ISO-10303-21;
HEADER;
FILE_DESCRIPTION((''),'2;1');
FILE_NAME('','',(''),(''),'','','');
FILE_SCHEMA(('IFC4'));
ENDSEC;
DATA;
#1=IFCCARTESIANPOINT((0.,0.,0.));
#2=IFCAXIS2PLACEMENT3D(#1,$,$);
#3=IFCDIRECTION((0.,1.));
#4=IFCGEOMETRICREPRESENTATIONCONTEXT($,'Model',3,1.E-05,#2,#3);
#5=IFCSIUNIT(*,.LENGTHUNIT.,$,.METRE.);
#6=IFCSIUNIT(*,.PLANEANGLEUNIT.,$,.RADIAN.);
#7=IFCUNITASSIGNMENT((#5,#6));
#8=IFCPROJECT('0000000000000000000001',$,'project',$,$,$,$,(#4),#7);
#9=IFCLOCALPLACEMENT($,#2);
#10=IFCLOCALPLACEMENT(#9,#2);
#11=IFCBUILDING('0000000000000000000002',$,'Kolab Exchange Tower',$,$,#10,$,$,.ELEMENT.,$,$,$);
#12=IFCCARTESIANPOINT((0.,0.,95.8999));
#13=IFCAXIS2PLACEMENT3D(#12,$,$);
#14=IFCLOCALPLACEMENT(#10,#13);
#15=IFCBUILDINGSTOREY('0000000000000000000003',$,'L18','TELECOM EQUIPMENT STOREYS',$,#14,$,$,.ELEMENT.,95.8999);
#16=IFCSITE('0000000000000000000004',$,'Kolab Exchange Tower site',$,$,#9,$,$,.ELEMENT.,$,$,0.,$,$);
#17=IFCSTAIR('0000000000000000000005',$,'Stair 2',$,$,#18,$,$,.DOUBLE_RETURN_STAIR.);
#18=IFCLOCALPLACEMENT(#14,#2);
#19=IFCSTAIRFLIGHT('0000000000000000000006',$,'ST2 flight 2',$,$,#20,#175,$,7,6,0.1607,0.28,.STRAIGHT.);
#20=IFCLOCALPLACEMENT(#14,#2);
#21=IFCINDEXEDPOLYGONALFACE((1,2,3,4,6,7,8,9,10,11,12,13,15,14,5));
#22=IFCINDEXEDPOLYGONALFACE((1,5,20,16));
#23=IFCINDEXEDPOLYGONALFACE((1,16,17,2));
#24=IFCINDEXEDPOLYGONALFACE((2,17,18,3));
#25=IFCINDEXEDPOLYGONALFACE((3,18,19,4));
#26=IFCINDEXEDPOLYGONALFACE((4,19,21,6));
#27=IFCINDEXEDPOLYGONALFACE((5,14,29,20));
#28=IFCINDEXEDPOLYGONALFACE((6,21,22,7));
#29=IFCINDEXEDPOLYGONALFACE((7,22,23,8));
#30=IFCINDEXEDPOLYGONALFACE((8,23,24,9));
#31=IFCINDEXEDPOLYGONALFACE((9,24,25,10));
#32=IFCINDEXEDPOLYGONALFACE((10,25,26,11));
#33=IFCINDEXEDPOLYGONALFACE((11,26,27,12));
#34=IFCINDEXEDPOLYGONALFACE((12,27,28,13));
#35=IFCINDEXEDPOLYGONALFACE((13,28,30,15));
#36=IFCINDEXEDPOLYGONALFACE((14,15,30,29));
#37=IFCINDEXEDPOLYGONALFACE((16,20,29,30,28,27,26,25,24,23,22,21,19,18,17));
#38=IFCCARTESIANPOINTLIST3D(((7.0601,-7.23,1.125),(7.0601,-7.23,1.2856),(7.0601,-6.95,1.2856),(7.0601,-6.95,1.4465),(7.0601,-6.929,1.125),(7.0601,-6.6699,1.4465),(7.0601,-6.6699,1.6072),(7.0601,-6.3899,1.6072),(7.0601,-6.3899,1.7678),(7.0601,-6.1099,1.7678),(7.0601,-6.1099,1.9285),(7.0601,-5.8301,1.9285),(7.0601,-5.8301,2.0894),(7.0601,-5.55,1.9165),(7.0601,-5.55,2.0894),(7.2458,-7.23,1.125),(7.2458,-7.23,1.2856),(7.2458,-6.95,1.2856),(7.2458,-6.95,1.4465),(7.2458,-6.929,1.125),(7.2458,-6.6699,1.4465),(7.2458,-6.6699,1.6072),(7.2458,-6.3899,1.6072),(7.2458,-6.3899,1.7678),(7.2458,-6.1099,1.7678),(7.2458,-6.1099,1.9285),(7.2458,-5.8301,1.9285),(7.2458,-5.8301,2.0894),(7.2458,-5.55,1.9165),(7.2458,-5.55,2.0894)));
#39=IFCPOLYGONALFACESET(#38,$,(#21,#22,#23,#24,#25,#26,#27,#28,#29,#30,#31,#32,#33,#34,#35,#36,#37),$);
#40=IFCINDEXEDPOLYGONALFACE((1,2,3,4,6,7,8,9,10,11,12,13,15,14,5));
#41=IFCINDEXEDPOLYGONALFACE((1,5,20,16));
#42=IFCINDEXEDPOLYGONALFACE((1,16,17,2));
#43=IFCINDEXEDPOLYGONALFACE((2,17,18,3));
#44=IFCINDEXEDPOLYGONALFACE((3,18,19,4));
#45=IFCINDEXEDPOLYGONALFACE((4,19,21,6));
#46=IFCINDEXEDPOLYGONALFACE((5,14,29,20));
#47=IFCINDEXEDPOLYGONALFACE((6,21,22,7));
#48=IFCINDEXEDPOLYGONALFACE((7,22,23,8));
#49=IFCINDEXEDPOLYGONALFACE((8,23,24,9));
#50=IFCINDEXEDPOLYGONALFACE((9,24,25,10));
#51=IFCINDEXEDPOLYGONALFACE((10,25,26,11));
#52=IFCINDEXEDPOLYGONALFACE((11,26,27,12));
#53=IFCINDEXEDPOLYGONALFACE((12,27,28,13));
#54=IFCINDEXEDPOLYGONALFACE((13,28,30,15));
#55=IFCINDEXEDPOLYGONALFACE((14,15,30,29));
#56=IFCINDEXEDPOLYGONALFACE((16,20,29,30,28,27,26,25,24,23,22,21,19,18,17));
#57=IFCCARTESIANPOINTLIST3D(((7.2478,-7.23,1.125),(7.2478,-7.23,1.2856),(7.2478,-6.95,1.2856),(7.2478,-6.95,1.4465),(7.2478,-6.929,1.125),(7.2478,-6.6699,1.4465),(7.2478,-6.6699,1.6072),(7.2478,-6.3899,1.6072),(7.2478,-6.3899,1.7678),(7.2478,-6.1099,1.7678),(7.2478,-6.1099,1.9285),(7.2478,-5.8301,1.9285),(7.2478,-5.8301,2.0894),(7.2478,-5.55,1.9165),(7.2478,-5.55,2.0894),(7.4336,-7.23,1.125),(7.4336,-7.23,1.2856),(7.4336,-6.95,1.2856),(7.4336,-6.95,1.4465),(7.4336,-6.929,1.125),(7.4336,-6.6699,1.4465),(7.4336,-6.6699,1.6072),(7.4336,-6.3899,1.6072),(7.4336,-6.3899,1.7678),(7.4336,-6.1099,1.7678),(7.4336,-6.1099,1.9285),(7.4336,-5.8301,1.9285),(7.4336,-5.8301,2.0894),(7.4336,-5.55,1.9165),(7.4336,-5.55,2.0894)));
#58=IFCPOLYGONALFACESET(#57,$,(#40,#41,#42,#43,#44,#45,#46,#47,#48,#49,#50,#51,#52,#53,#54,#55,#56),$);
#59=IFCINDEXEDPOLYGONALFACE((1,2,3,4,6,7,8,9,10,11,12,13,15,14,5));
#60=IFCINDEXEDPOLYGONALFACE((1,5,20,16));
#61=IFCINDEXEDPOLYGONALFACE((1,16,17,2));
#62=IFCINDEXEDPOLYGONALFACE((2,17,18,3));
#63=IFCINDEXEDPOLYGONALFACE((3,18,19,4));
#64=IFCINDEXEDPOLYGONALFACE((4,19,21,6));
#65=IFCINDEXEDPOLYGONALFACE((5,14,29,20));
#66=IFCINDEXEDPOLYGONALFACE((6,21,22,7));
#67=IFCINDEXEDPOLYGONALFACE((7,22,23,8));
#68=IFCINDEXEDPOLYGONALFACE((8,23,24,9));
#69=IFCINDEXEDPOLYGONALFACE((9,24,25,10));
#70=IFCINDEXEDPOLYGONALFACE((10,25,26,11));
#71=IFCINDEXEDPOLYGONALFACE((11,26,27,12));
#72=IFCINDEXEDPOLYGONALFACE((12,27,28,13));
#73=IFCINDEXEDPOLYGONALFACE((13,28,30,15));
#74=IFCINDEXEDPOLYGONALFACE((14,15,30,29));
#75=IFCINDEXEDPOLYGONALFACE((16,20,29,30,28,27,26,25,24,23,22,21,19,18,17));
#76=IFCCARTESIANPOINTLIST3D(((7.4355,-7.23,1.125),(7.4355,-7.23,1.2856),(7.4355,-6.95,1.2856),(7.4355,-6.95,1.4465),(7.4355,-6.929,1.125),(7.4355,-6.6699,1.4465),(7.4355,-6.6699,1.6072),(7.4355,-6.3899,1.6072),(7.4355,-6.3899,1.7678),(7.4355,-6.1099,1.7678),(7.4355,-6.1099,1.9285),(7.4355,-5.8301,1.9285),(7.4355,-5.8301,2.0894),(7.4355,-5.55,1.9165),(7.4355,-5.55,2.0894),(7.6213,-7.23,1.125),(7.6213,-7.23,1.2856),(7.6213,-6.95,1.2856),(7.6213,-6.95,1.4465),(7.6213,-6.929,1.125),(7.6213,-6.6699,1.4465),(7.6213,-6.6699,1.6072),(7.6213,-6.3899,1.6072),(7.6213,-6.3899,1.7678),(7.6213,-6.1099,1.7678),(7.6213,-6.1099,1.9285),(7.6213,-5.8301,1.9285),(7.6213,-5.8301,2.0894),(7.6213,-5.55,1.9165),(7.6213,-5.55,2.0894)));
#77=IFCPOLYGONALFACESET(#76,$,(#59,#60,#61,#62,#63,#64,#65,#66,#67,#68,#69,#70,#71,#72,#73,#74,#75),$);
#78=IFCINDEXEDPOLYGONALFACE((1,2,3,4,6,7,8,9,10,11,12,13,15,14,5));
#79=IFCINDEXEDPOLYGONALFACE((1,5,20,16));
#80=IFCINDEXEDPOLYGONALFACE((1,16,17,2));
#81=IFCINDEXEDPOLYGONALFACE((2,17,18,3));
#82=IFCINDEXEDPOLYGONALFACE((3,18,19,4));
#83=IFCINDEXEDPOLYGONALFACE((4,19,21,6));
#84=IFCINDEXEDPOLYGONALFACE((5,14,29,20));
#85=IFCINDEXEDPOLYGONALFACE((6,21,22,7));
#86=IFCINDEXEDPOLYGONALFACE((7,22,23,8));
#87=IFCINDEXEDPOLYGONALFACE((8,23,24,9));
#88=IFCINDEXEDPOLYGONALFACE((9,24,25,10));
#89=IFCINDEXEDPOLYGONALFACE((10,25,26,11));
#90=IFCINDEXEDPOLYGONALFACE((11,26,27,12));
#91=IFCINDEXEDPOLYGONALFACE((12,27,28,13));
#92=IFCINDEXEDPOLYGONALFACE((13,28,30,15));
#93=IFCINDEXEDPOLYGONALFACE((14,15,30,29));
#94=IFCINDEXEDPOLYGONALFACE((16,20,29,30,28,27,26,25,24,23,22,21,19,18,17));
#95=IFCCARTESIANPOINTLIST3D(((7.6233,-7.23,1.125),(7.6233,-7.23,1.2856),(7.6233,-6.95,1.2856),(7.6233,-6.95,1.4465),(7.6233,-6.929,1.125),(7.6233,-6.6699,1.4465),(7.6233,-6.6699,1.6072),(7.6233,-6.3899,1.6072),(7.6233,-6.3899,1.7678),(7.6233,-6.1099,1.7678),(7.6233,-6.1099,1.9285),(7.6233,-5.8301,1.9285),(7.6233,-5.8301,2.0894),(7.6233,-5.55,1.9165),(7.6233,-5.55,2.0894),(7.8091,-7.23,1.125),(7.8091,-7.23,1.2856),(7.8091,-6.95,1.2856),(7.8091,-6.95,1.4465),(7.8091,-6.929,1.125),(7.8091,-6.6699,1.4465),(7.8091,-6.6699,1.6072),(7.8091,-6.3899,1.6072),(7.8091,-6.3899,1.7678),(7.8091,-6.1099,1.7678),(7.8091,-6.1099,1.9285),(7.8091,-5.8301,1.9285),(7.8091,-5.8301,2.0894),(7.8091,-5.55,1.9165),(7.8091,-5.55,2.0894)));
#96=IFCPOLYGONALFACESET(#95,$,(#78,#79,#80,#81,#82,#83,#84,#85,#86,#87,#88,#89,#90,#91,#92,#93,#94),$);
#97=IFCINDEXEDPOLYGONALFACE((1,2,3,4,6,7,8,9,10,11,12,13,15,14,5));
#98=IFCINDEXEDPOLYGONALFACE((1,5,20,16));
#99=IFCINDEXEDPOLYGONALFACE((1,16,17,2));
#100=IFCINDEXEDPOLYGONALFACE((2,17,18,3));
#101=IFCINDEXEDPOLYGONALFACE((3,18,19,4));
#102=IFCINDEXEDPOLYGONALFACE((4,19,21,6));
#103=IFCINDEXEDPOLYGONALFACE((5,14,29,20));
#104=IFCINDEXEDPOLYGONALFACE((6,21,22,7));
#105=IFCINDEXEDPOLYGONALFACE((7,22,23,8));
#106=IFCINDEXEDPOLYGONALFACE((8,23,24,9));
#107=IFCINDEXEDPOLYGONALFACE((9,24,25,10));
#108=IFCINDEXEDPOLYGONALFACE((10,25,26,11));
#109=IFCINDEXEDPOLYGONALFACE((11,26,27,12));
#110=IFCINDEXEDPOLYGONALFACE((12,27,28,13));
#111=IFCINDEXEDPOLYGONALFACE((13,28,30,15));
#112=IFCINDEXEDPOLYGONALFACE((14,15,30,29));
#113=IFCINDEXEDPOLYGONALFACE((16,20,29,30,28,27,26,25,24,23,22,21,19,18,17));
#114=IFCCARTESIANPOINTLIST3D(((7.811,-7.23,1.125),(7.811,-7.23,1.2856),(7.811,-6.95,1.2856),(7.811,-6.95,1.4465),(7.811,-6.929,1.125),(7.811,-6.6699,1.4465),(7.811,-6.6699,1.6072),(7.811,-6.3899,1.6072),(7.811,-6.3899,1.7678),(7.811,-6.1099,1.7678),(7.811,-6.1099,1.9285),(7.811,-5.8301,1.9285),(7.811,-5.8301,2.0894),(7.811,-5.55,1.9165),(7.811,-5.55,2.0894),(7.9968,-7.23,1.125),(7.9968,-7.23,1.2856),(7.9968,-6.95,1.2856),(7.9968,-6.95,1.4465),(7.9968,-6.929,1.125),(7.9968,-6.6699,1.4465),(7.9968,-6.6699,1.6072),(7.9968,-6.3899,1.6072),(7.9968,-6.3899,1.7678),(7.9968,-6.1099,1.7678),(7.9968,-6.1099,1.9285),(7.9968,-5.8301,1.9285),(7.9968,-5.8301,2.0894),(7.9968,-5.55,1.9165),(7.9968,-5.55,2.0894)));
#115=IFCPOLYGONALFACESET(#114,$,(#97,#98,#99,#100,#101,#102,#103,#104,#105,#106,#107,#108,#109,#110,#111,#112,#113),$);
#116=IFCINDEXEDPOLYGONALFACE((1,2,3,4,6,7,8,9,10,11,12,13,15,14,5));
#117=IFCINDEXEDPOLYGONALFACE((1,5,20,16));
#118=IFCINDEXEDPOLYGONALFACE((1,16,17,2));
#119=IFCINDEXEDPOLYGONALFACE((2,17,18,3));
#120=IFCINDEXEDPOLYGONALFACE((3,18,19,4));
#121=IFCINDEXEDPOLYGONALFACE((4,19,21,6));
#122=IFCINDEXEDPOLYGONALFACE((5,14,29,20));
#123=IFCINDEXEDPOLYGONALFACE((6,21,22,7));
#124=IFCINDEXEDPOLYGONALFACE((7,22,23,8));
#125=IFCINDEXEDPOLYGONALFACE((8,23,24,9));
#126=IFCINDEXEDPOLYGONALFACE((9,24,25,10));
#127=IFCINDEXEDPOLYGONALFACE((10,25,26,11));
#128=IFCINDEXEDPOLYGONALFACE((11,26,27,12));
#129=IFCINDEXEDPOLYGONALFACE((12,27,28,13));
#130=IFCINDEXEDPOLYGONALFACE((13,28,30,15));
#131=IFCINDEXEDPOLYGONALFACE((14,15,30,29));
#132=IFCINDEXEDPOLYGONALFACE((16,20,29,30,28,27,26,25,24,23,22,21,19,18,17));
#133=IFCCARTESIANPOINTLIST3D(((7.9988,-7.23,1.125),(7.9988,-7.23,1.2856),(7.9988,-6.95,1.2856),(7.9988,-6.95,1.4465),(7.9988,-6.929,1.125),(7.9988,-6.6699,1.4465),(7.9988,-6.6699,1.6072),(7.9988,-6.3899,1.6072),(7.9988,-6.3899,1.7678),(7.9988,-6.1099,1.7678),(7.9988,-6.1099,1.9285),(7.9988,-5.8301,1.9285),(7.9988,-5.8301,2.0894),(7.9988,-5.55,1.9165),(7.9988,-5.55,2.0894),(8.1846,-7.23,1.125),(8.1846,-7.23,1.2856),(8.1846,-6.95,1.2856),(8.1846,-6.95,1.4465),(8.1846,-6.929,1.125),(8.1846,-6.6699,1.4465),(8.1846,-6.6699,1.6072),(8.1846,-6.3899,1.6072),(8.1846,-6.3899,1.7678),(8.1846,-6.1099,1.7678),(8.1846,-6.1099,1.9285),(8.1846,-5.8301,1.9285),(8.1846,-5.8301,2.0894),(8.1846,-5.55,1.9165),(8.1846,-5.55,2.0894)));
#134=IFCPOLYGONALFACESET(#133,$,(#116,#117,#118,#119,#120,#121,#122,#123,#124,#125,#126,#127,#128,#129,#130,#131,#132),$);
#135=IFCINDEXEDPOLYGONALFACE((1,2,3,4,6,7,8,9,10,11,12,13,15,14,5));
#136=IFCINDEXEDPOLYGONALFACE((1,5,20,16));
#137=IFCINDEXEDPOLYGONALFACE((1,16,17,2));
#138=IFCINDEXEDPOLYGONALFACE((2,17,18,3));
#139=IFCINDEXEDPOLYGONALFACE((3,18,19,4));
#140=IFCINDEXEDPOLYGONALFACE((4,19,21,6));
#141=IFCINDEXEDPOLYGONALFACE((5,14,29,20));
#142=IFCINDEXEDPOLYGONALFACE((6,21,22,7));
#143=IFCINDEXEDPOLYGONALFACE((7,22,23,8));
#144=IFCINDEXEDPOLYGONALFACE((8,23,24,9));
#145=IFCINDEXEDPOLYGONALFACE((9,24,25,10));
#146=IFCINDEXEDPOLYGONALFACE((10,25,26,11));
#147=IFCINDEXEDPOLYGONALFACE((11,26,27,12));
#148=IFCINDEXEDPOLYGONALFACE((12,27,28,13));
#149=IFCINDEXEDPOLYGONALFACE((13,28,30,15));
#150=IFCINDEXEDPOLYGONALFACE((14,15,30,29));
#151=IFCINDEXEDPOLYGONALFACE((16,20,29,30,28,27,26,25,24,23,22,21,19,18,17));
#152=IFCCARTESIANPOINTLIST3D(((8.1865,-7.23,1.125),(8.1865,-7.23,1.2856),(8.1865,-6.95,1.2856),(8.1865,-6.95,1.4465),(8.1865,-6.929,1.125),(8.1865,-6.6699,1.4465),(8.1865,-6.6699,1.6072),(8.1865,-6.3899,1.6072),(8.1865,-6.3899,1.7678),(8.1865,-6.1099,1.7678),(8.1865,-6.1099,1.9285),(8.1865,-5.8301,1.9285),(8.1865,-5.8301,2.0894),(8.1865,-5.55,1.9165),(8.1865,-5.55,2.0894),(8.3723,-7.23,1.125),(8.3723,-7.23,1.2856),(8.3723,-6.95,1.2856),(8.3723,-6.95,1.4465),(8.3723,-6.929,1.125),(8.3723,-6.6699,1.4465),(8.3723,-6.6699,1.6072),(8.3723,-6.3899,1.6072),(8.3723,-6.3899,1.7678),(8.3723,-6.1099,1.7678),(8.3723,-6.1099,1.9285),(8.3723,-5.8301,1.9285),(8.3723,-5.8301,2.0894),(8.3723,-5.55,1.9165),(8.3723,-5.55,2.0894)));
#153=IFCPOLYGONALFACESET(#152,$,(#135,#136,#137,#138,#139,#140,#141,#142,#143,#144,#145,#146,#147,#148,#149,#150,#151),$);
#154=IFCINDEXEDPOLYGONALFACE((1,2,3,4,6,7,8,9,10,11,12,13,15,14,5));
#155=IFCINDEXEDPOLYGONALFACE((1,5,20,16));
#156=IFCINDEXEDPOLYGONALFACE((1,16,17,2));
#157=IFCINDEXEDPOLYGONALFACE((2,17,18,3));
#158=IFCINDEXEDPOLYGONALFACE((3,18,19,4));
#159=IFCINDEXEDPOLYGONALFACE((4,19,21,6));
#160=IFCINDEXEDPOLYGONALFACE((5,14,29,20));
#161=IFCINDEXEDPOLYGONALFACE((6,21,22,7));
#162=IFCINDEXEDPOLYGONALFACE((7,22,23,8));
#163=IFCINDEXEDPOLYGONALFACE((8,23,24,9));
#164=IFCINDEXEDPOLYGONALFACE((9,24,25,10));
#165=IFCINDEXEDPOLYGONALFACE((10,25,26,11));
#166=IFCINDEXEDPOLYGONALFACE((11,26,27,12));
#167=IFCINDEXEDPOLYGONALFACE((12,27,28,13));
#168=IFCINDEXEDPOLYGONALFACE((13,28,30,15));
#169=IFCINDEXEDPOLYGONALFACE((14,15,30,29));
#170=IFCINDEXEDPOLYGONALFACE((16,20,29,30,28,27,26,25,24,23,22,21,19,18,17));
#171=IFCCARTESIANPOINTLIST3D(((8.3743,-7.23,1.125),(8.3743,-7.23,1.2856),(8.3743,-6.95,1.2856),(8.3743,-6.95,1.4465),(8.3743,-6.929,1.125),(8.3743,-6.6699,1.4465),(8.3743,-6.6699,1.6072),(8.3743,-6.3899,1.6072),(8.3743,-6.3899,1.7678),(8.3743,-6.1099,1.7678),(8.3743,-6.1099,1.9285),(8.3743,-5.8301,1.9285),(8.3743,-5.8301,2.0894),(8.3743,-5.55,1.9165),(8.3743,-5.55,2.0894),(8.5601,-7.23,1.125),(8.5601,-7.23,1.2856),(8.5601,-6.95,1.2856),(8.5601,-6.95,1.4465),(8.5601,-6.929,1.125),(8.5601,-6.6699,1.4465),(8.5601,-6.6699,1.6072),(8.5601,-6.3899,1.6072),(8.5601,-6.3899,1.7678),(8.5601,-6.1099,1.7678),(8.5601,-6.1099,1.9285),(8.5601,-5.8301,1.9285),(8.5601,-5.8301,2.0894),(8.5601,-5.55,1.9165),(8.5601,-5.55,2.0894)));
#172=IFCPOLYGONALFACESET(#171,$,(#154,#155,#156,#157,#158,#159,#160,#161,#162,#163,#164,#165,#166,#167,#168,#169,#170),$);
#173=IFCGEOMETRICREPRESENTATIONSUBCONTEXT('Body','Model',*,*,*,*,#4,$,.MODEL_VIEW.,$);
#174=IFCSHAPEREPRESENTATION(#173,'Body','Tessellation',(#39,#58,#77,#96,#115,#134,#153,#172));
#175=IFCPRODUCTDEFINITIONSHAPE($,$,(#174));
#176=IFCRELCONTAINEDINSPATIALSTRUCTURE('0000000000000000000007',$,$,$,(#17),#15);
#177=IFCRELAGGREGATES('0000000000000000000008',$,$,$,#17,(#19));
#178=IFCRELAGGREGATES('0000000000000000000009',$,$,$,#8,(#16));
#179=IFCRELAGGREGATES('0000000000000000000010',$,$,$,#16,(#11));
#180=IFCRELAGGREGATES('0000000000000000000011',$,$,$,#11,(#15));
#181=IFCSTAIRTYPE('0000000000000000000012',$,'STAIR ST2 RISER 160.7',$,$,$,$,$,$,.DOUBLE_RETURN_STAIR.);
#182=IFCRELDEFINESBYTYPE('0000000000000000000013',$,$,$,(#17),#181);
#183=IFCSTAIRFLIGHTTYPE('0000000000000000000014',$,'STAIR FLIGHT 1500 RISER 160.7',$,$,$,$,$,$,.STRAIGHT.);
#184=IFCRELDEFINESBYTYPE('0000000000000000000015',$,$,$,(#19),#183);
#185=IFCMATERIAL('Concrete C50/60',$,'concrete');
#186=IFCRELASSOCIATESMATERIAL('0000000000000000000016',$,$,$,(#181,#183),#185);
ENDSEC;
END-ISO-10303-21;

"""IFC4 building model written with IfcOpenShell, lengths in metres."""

from ifc_helpers import new_model, si_unit, direction, frame, origin, place, context, subcontext, project, spatial, polyline, outline, extrude, material, type_object, element, aggregate, save


model = new_model("IFC4")

# Units and contexts
model_context = context("Model", 3, precision=1e-05, world=origin(), true_north=direction((0.0, 1.0)))
body_context = subcontext(model_context, "Body", "Model", "MODEL_VIEW")
ifc_project = project(units=[si_unit("LENGTHUNIT", "METRE"), si_unit("PLANEANGLEUNIT", "RADIAN")], contexts=[model_context])

# Site, building, storey
site_placement = place(None, origin())
site = spatial("IfcSite", under=ifc_project, at=site_placement, Name="Kolab Exchange Tower site", CompositionType="ELEMENT", RefElevation=0.0)
building_placement = place(site_placement, origin())
building = spatial("IfcBuilding", under=site, at=building_placement, Name="Kolab Exchange Tower", CompositionType="ELEMENT")
storey_placement = place(building_placement, frame((0.0, 0.0, 95.8999)))
storey = spatial("IfcBuildingStorey", under=building, at=storey_placement, Name="L18", Description="TELECOM EQUIPMENT STOREYS", CompositionType="ELEMENT", Elevation=95.8999)

# Shared definitions
ifc_material_1 = material(Name="Concrete C50/60", Category="concrete")

# Stair, stair flight
stair_type = type_object("IfcStairType", Name="STAIR ST2 RISER 160.7", PredefinedType="DOUBLE_RETURN_STAIR", material=ifc_material_1)
stair_placement = place(storey_placement, origin())
stair = element("IfcStair", 1, at=stair_placement, inside=storey, type_object=stair_type, Name="Stair 2", PredefinedType="DOUBLE_RETURN_STAIR")
stair_flight_type = type_object("IfcStairFlightType", Name="STAIR FLIGHT 1500 RISER 160.7", PredefinedType="STRAIGHT", material=ifc_material_1)
stair_flight_1_placement = place(storey_placement, frame((7.8101, -7.23, 1.125), z_axis=(0.0, 0.0, 1.0), x_axis=(0.0, 1.0, 0.0)))
stair_flight_1 = element("IfcStairFlight", 2, at=stair_flight_1_placement, type_object=stair_flight_type, Name="ST2 flight 2", NumberOfRisers=7, NumberOfTreads=6, PredefinedType="STRAIGHT", RiserHeight=0.1607, TreadLength=0.28, context=body_context, shape_type="SweptSolid", body=[
    extrude(outline(polyline([(0.0, 0.0), (0.0, 0.1606), (0.28, 0.1606), (0.28, 0.3215), (0.5601, 0.3215), (0.5601, 0.4822), (0.8401, 0.4822), (0.8401, 0.6428), (1.1201, 0.6428), (1.1201, 0.8035), (1.3999, 0.8035), (1.3999, 0.9644), (1.6799, 0.9644), (1.6799, 1.125), (1.6799, 0.7915), (0.301, 0.0), (0.0, 0.0)])), frame((0.0, 0.75, 0.0), z_axis=(0.0, -1.0, 0.0), x_axis=(1.0, 0.0, 0.0)), (0.0, 0.0, 1.0), 0.1858),
    extrude(outline(polyline([(0.0, 0.0), (0.0, 0.1606), (0.28, 0.1606), (0.28, 0.3215), (0.5601, 0.3215), (0.5601, 0.4822), (0.8401, 0.4822), (0.8401, 0.6428), (1.1201, 0.6428), (1.1201, 0.8035), (1.3999, 0.8035), (1.3999, 0.9644), (1.6799, 0.9644), (1.6799, 1.125), (1.6799, 0.7915), (0.301, 0.0), (0.0, 0.0)])), frame((0.0, 0.5623, 0.0), z_axis=(0.0, -1.0, 0.0), x_axis=(1.0, 0.0, 0.0)), (0.0, 0.0, 1.0), 0.1858),
    extrude(outline(polyline([(0.0, 0.0), (0.0, 0.1606), (0.28, 0.1606), (0.28, 0.3215), (0.5601, 0.3215), (0.5601, 0.4822), (0.8401, 0.4822), (0.8401, 0.6428), (1.1201, 0.6428), (1.1201, 0.8035), (1.3999, 0.8035), (1.3999, 0.9644), (1.6799, 0.9644), (1.6799, 1.125), (1.6799, 0.7915), (0.301, 0.0), (0.0, 0.0)])), frame((0.0, 0.3745, 0.0), z_axis=(0.0, -1.0, 0.0), x_axis=(1.0, 0.0, 0.0)), (0.0, 0.0, 1.0), 0.1858),
    extrude(outline(polyline([(0.0, 0.0), (0.0, 0.1606), (0.28, 0.1606), (0.28, 0.3215), (0.5601, 0.3215), (0.5601, 0.4822), (0.8401, 0.4822), (0.8401, 0.6428), (1.1201, 0.6428), (1.1201, 0.8035), (1.3999, 0.8035), (1.3999, 0.9644), (1.6799, 0.9644), (1.6799, 1.125), (1.6799, 0.7915), (0.301, 0.0), (0.0, 0.0)])), frame((0.0, 0.1868, 0.0), z_axis=(0.0, -1.0, 0.0), x_axis=(1.0, 0.0, 0.0)), (0.0, 0.0, 1.0), 0.1858),
    extrude(outline(polyline([(0.0, 0.0), (0.0, 0.1606), (0.28, 0.1606), (0.28, 0.3215), (0.5601, 0.3215), (0.5601, 0.4822), (0.8401, 0.4822), (0.8401, 0.6428), (1.1201, 0.6428), (1.1201, 0.8035), (1.3999, 0.8035), (1.3999, 0.9644), (1.6799, 0.9644), (1.6799, 1.125), (1.6799, 0.7915), (0.301, 0.0), (0.0, 0.0)])), frame((0.0, -0.001, 0.0), z_axis=(0.0, -1.0, 0.0), x_axis=(1.0, 0.0, 0.0)), (0.0, 0.0, 1.0), 0.1858),
    extrude(outline(polyline([(0.0, 0.0), (0.0, 0.1606), (0.28, 0.1606), (0.28, 0.3215), (0.5601, 0.3215), (0.5601, 0.4822), (0.8401, 0.4822), (0.8401, 0.6428), (1.1201, 0.6428), (1.1201, 0.8035), (1.3999, 0.8035), (1.3999, 0.9644), (1.6799, 0.9644), (1.6799, 1.125), (1.6799, 0.7915), (0.301, 0.0), (0.0, 0.0)])), frame((0.0, -0.1887, 0.0), z_axis=(0.0, -1.0, 0.0), x_axis=(1.0, 0.0, 0.0)), (0.0, 0.0, 1.0), 0.1858),
    extrude(outline(polyline([(0.0, 0.0), (0.0, 0.1606), (0.28, 0.1606), (0.28, 0.3215), (0.5601, 0.3215), (0.5601, 0.4822), (0.8401, 0.4822), (0.8401, 0.6428), (1.1201, 0.6428), (1.1201, 0.8035), (1.3999, 0.8035), (1.3999, 0.9644), (1.6799, 0.9644), (1.6799, 1.125), (1.6799, 0.7915), (0.301, 0.0), (0.0, 0.0)])), frame((0.0, -0.3765, 0.0), z_axis=(0.0, -1.0, 0.0), x_axis=(1.0, 0.0, 0.0)), (0.0, 0.0, 1.0), 0.1858),
    extrude(outline(polyline([(0.0, 0.0), (0.0, 0.1606), (0.28, 0.1606), (0.28, 0.3215), (0.5601, 0.3215), (0.5601, 0.4822), (0.8401, 0.4822), (0.8401, 0.6428), (1.1201, 0.6428), (1.1201, 0.8035), (1.3999, 0.8035), (1.3999, 0.9644), (1.6799, 0.9644), (1.6799, 1.125), (1.6799, 0.7915), (0.301, 0.0), (0.0, 0.0)])), frame((0.0, -0.5642, 0.0), z_axis=(0.0, -1.0, 0.0), x_axis=(1.0, 0.0, 0.0)), (0.0, 0.0, 1.0), 0.1858),
])
aggregate(stair, [stair_flight_1])

save(model, "model.ifc")
